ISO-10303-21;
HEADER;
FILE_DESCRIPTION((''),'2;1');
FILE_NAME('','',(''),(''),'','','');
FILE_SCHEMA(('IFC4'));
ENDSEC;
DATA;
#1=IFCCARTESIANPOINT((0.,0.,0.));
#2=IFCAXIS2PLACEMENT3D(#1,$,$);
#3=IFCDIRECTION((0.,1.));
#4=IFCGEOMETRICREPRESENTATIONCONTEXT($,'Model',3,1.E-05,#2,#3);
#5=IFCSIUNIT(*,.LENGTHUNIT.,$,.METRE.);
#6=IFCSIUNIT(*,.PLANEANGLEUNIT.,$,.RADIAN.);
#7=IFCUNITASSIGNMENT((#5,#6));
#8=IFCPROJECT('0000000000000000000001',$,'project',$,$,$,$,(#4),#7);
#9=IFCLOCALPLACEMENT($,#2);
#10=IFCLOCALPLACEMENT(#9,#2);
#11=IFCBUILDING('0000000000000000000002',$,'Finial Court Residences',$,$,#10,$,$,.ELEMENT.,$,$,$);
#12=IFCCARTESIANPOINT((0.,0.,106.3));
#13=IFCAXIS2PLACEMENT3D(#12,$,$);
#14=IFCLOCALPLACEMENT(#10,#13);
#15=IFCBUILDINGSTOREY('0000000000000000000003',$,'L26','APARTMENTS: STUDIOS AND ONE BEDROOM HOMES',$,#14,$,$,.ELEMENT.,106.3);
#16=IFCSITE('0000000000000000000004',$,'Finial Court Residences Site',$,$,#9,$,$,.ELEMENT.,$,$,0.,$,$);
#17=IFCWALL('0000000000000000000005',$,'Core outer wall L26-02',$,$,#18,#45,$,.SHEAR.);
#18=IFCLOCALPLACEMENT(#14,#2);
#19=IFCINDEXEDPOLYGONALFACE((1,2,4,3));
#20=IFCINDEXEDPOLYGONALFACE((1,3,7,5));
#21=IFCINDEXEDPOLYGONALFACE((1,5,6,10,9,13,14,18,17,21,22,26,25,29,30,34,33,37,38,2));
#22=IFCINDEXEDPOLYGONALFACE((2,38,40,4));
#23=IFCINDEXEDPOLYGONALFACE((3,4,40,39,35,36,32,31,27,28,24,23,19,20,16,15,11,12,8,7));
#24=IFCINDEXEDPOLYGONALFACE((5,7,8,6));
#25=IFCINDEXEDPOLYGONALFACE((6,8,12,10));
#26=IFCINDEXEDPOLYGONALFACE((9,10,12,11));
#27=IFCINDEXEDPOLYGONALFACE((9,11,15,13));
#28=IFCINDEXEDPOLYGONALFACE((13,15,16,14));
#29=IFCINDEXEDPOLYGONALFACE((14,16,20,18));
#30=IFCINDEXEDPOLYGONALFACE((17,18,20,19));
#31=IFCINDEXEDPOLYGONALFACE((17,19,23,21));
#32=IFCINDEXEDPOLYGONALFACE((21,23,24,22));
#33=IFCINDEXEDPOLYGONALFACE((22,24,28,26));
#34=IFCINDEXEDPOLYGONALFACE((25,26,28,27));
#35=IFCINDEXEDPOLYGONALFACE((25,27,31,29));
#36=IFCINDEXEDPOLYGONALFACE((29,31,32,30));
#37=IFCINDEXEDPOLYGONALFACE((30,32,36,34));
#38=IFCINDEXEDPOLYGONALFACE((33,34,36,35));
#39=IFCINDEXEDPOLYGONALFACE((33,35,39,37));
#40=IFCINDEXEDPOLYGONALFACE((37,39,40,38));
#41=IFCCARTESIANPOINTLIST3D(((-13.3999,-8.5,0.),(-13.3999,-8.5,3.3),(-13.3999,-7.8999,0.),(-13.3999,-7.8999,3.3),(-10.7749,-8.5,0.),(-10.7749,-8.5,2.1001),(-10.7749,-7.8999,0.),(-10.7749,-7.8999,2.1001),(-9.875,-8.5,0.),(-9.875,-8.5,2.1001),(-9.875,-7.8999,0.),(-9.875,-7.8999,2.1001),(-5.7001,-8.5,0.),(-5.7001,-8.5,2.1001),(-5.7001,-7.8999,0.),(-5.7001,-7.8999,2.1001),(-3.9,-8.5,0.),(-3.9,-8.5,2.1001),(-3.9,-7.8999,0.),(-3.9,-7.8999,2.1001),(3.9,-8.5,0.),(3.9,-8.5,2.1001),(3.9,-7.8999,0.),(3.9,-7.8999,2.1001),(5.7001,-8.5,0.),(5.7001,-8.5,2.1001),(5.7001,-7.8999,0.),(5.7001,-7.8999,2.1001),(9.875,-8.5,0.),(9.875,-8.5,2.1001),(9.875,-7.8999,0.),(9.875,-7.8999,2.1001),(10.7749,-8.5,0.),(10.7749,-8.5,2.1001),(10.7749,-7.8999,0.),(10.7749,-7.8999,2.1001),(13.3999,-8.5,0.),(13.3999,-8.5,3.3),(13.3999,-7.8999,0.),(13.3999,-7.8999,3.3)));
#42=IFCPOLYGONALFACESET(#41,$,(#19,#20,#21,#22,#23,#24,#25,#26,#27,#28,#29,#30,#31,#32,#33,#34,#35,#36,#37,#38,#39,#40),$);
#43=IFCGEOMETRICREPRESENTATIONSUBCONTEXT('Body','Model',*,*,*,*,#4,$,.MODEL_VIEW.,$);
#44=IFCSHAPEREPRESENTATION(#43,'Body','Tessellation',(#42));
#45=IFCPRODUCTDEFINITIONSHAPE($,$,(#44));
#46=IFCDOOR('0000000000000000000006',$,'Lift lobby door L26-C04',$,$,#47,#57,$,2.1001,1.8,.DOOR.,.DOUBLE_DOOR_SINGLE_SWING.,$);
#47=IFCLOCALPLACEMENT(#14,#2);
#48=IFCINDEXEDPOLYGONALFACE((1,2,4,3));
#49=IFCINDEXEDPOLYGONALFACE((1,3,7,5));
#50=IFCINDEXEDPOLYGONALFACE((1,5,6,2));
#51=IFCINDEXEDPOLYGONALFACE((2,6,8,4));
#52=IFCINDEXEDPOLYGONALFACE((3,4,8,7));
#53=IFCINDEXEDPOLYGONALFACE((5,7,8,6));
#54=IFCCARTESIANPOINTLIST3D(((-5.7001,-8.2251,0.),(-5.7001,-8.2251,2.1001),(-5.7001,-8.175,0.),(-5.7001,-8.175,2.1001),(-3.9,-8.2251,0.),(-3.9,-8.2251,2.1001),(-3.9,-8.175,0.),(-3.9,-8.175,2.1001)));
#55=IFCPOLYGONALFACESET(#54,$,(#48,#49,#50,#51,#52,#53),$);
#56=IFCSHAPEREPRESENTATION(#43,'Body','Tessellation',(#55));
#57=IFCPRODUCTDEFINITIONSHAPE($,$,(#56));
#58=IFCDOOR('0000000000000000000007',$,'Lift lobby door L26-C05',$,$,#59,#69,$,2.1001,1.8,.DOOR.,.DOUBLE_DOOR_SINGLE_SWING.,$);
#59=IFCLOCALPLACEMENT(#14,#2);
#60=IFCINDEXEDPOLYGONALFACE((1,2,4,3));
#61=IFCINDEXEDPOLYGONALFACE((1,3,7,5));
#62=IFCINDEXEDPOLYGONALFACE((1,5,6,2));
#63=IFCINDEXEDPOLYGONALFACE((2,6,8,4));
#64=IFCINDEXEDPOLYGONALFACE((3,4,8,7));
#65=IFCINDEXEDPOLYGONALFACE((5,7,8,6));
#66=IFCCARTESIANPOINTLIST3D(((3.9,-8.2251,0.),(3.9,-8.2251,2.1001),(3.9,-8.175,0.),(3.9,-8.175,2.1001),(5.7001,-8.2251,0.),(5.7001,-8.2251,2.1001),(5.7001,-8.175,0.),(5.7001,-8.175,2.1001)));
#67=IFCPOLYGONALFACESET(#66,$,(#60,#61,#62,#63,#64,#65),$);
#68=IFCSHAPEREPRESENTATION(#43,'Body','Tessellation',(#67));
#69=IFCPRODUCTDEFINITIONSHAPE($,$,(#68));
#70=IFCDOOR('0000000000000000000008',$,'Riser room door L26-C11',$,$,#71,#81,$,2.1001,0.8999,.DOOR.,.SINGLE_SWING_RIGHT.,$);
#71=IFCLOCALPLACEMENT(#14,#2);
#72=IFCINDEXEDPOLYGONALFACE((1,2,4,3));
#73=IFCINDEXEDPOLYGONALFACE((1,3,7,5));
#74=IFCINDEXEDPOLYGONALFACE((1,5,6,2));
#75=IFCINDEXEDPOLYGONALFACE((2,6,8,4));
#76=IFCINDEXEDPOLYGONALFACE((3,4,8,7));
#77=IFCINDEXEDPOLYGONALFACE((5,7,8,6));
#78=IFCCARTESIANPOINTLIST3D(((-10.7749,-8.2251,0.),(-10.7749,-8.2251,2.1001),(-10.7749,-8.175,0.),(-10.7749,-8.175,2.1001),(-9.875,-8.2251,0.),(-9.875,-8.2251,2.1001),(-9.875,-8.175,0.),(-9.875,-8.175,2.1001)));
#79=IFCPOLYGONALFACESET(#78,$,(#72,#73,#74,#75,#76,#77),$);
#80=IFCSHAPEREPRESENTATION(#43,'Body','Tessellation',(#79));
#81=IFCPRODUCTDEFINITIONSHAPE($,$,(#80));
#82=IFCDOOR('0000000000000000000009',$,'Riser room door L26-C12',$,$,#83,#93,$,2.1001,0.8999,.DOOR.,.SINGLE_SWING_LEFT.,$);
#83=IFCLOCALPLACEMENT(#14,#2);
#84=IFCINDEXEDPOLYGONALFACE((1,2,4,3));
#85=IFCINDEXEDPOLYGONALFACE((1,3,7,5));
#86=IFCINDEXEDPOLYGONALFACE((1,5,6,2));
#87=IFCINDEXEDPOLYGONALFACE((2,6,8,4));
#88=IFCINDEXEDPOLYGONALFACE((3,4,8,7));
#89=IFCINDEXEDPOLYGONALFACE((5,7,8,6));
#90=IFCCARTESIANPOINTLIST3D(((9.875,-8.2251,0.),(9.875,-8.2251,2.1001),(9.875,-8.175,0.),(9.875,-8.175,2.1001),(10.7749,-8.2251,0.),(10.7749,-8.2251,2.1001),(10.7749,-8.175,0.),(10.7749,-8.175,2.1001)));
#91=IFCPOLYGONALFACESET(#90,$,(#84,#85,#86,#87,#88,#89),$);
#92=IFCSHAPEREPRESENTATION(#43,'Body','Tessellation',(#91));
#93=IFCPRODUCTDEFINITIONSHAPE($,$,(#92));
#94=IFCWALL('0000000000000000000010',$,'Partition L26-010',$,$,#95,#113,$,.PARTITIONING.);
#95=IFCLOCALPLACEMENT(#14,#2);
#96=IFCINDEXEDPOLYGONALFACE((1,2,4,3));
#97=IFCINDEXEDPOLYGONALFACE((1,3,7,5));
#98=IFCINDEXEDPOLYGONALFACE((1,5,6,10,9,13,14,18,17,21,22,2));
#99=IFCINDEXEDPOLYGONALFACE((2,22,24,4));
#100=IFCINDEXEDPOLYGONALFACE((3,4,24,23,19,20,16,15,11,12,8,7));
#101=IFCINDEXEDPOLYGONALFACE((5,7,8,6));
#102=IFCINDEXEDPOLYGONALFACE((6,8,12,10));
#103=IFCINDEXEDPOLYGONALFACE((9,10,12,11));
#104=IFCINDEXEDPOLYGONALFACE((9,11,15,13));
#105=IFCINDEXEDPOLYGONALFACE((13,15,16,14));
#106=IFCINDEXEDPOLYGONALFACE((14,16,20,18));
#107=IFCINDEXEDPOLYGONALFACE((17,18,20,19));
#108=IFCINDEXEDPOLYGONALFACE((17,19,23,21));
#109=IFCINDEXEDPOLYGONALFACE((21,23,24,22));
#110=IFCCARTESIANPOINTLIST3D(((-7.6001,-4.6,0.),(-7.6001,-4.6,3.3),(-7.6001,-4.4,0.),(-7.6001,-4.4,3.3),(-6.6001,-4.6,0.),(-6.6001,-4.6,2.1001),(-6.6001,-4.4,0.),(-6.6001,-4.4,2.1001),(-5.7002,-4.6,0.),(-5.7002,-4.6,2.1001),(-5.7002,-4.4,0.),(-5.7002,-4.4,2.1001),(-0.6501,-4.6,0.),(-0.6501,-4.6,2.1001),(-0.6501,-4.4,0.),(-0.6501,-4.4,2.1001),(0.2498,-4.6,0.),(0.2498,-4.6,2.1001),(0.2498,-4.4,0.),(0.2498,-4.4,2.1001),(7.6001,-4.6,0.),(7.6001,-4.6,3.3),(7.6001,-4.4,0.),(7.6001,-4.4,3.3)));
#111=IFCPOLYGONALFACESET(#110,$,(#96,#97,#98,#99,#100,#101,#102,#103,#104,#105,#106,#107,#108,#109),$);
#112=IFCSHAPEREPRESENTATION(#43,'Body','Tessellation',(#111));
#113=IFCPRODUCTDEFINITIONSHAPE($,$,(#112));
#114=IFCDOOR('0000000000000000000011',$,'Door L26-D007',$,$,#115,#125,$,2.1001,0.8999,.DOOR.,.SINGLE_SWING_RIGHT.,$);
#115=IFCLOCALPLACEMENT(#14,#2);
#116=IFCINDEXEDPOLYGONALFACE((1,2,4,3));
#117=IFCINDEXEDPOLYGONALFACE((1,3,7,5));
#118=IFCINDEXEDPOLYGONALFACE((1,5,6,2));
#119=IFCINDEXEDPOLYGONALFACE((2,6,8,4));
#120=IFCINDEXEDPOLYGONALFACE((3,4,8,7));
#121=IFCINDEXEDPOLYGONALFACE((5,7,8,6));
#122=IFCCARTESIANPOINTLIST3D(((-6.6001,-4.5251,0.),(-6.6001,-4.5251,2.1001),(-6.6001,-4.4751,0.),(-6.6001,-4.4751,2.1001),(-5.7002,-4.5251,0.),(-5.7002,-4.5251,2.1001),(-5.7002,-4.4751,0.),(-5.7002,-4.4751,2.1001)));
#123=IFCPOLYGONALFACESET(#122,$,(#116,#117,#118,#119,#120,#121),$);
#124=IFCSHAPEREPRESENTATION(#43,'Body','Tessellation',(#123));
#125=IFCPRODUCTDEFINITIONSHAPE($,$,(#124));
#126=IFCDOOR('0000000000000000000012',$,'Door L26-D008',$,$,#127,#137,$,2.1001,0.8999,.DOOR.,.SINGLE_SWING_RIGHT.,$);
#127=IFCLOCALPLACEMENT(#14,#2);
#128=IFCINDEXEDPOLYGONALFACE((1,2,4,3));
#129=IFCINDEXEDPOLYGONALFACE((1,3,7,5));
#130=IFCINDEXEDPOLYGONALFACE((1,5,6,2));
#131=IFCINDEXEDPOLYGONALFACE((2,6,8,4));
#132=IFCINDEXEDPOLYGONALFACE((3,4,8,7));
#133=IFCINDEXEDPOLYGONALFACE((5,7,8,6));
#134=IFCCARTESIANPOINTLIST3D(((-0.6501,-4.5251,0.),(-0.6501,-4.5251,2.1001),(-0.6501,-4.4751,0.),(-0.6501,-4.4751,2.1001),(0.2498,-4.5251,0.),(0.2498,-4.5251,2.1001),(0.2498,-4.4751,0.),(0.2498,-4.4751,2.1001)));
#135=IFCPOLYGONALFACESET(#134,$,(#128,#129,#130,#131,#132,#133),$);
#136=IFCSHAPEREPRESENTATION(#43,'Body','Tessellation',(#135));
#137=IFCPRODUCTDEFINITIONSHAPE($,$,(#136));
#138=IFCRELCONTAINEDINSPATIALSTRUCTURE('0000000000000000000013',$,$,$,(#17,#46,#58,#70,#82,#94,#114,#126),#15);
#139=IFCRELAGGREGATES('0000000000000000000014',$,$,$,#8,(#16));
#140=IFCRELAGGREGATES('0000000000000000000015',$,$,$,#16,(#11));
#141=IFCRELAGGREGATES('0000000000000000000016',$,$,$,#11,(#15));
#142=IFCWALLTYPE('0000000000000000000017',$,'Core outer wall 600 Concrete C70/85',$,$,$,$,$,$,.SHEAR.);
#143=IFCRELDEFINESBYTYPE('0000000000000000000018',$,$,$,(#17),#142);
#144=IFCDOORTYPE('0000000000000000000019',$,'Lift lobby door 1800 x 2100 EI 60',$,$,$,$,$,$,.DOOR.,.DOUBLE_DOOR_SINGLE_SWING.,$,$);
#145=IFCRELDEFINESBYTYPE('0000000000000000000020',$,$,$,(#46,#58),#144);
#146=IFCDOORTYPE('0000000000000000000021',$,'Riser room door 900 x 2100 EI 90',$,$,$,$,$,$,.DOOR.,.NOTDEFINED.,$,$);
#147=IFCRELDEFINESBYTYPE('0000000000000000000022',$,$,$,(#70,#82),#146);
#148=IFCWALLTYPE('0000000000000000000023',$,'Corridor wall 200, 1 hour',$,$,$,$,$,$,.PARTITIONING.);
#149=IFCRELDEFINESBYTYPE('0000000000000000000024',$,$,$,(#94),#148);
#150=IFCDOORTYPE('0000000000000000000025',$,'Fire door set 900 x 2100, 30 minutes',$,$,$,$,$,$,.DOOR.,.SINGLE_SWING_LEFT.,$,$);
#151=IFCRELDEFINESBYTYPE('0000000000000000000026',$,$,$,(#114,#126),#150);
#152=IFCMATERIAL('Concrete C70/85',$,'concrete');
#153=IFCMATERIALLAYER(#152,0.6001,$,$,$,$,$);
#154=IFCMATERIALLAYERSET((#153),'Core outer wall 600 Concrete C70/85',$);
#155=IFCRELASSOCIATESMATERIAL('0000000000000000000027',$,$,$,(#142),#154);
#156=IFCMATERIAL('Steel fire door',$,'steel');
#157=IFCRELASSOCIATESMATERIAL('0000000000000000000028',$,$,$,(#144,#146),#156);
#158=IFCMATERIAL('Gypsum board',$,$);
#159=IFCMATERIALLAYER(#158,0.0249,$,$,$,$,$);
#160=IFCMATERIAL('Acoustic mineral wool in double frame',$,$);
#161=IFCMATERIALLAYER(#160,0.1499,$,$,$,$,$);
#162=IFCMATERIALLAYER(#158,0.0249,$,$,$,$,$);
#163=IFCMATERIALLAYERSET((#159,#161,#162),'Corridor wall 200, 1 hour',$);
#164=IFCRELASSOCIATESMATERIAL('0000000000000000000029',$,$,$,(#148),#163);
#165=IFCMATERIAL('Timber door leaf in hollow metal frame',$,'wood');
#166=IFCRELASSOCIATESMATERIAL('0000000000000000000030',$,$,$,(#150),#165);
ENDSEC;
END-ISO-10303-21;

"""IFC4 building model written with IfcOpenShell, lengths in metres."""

from ifc_helpers import new_model, si_unit, direction, frame, frame_2d, origin, place, context, subcontext, project, spatial, rectangle, extrude, material, layer, layer_set, type_object, element, fill, save


model = new_model("IFC4")

# Units and contexts
model_context = context("Model", 3, precision=1e-05, world=origin(), true_north=direction((0.0, 1.0)))
body_context = subcontext(model_context, "Body", "Model", "MODEL_VIEW")
ifc_project = project(units=[si_unit("LENGTHUNIT", "METRE"), si_unit("PLANEANGLEUNIT", "RADIAN")], contexts=[model_context])

# Site, building, storey
site_placement = place(None, origin())
site = spatial("IfcSite", under=ifc_project, at=site_placement, Name="Finial Court Residences Site", CompositionType="ELEMENT", RefElevation=0.0)
building_placement = place(site_placement, origin())
building = spatial("IfcBuilding", under=site, at=building_placement, Name="Finial Court Residences", CompositionType="ELEMENT")
storey_placement = place(building_placement, frame((0.0, 0.0, 106.3)))
storey = spatial("IfcBuildingStorey", under=building, at=storey_placement, Name="L26", Description="APARTMENTS: STUDIOS AND ONE BEDROOM HOMES", CompositionType="ELEMENT", Elevation=106.3)

# Shared definitions
ifc_material_1 = material(Name="Concrete C70/85", Category="concrete")

# Walls, openings, doors
ifc_layer_1 = layer(ifc_material_1, 0.6001)
ifc_layer_set_1 = layer_set([ifc_layer_1], Name="Core outer wall 600 Concrete C70/85")
wall_type_1 = type_object("IfcWallType", Name="Core outer wall 600 Concrete C70/85", PredefinedType="SHEAR", material=ifc_layer_set_1)
wall_1_placement = place(storey_placement, frame((-13.3999, -8.2, 0.0), z_axis=(0.0, 0.0, 1.0), x_axis=(1.0, 0.0, 0.0)))
wall_1 = element("IfcWall", 1, at=wall_1_placement, inside=storey, type_object=wall_type_1, Name="Core outer wall L26-02", PredefinedType="SHEAR", context=body_context, shape_type="SweptSolid", body=[
    extrude(rectangle(XDim=26.7998, YDim=0.6001, at=frame_2d((13.3999, 0.0))), origin(), (0.0, 0.0, 1.0), 3.3),
])
opening_1_placement = place(wall_1_placement, frame((7.7, 0.0, 0.0)))
opening_1 = element("IfcOpeningElement", 2, at=opening_1_placement, cuts=wall_1, PredefinedType="OPENING", context=body_context, shape_type="SweptSolid", body=[
    extrude(rectangle(XDim=1.8, YDim=2.1001, at=frame_2d((0.8999, 1.05))), frame((0.0, 0.3101, 0.0), z_axis=(0.0, -1.0, 0.0), x_axis=(1.0, 0.0, 0.0)), (0.0, 0.0, 1.0), 0.6201),
])
opening_2_placement = place(wall_1_placement, frame((17.3, 0.0, 0.0)))
opening_2 = element("IfcOpeningElement", 3, at=opening_2_placement, cuts=wall_1, PredefinedType="OPENING", context=body_context, shape_type="SweptSolid", body=[
    extrude(rectangle(XDim=1.8, YDim=2.1001, at=frame_2d((0.8999, 1.05))), frame((0.0, 0.3101, 0.0), z_axis=(0.0, -1.0, 0.0), x_axis=(1.0, 0.0, 0.0)), (0.0, 0.0, 1.0), 0.6201),
])
opening_3_placement = place(wall_1_placement, frame((2.625, 0.0, 0.0)))
opening_3 = element("IfcOpeningElement", 4, at=opening_3_placement, cuts=wall_1, PredefinedType="OPENING", context=body_context, shape_type="SweptSolid", body=[
    extrude(rectangle(XDim=0.8999, YDim=2.1001, at=frame_2d((0.45, 1.05))), frame((0.0, 0.3101, 0.0), z_axis=(0.0, -1.0, 0.0), x_axis=(1.0, 0.0, 0.0)), (0.0, 0.0, 1.0), 0.6201),
])
opening_4_placement = place(wall_1_placement, frame((23.2749, 0.0, 0.0)))
opening_4 = element("IfcOpeningElement", 5, at=opening_4_placement, cuts=wall_1, PredefinedType="OPENING", context=body_context, shape_type="SweptSolid", body=[
    extrude(rectangle(XDim=0.8999, YDim=2.1001, at=frame_2d((0.45, 1.05))), frame((0.0, 0.3101, 0.0), z_axis=(0.0, -1.0, 0.0), x_axis=(1.0, 0.0, 0.0)), (0.0, 0.0, 1.0), 0.6201),
])
ifc_material_2 = material(Name="Steel fire door", Category="steel")
door_type_1 = type_object("IfcDoorType", Name="Lift lobby door 1800 x 2100 EI 60", OperationType="DOUBLE_DOOR_SINGLE_SWING", PredefinedType="DOOR", material=ifc_material_2)
door_1_placement = place(opening_1_placement, origin())
door_1 = element("IfcDoor", 6, at=door_1_placement, inside=storey, type_object=door_type_1, Name="Lift lobby door L26-C04", OperationType="DOUBLE_DOOR_SINGLE_SWING", OverallHeight=2.1001, OverallWidth=1.8, PredefinedType="DOOR", context=body_context, shape_type="SweptSolid", body=[
    extrude(rectangle(XDim=1.8, YDim=2.1001, at=frame_2d((0.8999, 1.05))), frame((0.0, 0.0249, 0.0), z_axis=(0.0, -1.0, 0.0), x_axis=(1.0, 0.0, 0.0)), (0.0, 0.0, 1.0), 0.05),
])
fill(opening_1, door_1)
door_2_placement = place(opening_2_placement, origin())
door_2 = element("IfcDoor", 7, at=door_2_placement, inside=storey, type_object=door_type_1, Name="Lift lobby door L26-C05", OperationType="DOUBLE_DOOR_SINGLE_SWING", OverallHeight=2.1001, OverallWidth=1.8, PredefinedType="DOOR", context=body_context, shape_type="SweptSolid", body=[
    extrude(rectangle(XDim=1.8, YDim=2.1001, at=frame_2d((0.8999, 1.05))), frame((0.0, 0.0249, 0.0), z_axis=(0.0, -1.0, 0.0), x_axis=(1.0, 0.0, 0.0)), (0.0, 0.0, 1.0), 0.05),
])
fill(opening_2, door_2)
door_type_2 = type_object("IfcDoorType", Name="Riser room door 900 x 2100 EI 90", OperationType="NOTDEFINED", PredefinedType="DOOR", material=ifc_material_2)
door_3_placement = place(opening_3_placement, origin())
door_3 = element("IfcDoor", 8, at=door_3_placement, inside=storey, type_object=door_type_2, Name="Riser room door L26-C11", OperationType="SINGLE_SWING_RIGHT", OverallHeight=2.1001, OverallWidth=0.8999, PredefinedType="DOOR", context=body_context, shape_type="SweptSolid", body=[
    extrude(rectangle(XDim=0.8999, YDim=2.1001, at=frame_2d((0.45, 1.05))), frame((0.0, 0.0249, 0.0), z_axis=(0.0, -1.0, 0.0), x_axis=(1.0, 0.0, 0.0)), (0.0, 0.0, 1.0), 0.05),
])
fill(opening_3, door_3)
door_4_placement = place(opening_4_placement, origin())
door_4 = element("IfcDoor", 9, at=door_4_placement, inside=storey, type_object=door_type_2, Name="Riser room door L26-C12", OperationType="SINGLE_SWING_LEFT", OverallHeight=2.1001, OverallWidth=0.8999, PredefinedType="DOOR", context=body_context, shape_type="SweptSolid", body=[
    extrude(rectangle(XDim=0.8999, YDim=2.1001, at=frame_2d((0.45, 1.05))), frame((0.0, 0.0249, 0.0), z_axis=(0.0, -1.0, 0.0), x_axis=(1.0, 0.0, 0.0)), (0.0, 0.0, 1.0), 0.05),
])
fill(opening_4, door_4)
ifc_material_3 = material(Name="Gypsum board")
ifc_layer_2 = layer(ifc_material_3, 0.0249)
ifc_material_4 = material(Name="Acoustic mineral wool in double frame")
ifc_layer_3 = layer(ifc_material_4, 0.1499)
ifc_layer_4 = layer(ifc_material_3, 0.0249)
ifc_layer_set_2 = layer_set([ifc_layer_2, ifc_layer_3, ifc_layer_4], Name="Corridor wall 200, 1 hour")
wall_type_2 = type_object("IfcWallType", Name="Corridor wall 200, 1 hour", PredefinedType="PARTITIONING", material=ifc_layer_set_2)
wall_2_placement = place(storey_placement, frame((-7.6001, -4.5, 0.0), z_axis=(0.0, 0.0, 1.0), x_axis=(1.0, 0.0, 0.0)))
wall_2 = element("IfcWall", 10, at=wall_2_placement, inside=storey, type_object=wall_type_2, Name="Partition L26-010", PredefinedType="PARTITIONING", context=body_context, shape_type="SweptSolid", body=[
    extrude(rectangle(XDim=15.2002, YDim=0.2, at=frame_2d((7.6001, 0.0))), origin(), (0.0, 0.0, 1.0), 3.3),
])
opening_5_placement = place(wall_2_placement, frame((1.0, 0.0, 0.0)))
opening_5 = element("IfcOpeningElement", 11, at=opening_5_placement, cuts=wall_2, PredefinedType="OPENING", context=body_context, shape_type="SweptSolid", body=[
    extrude(rectangle(XDim=0.8999, YDim=2.1001, at=frame_2d((0.45, 1.05))), frame((0.0, 0.1099, 0.0), z_axis=(0.0, -1.0, 0.0), x_axis=(1.0, 0.0, 0.0)), (0.0, 0.0, 1.0), 0.22),
])
opening_6_placement = place(wall_2_placement, frame((6.95, 0.0, 0.0)))
opening_6 = element("IfcOpeningElement", 12, at=opening_6_placement, cuts=wall_2, PredefinedType="OPENING", context=body_context, shape_type="SweptSolid", body=[
    extrude(rectangle(XDim=0.8999, YDim=2.1001, at=frame_2d((0.45, 1.05))), frame((0.0, 0.1099, 0.0), z_axis=(0.0, -1.0, 0.0), x_axis=(1.0, 0.0, 0.0)), (0.0, 0.0, 1.0), 0.22),
])
ifc_material_5 = material(Name="Timber door leaf in hollow metal frame", Category="wood")
door_type_3 = type_object("IfcDoorType", Name="Fire door set 900 x 2100, 30 minutes", OperationType="SINGLE_SWING_LEFT", PredefinedType="DOOR", material=ifc_material_5)
door_5_placement = place(opening_5_placement, origin())
door_5 = element("IfcDoor", 13, at=door_5_placement, inside=storey, type_object=door_type_3, Name="Door L26-D007", OperationType="SINGLE_SWING_RIGHT", OverallHeight=2.1001, OverallWidth=0.8999, PredefinedType="DOOR", context=body_context, shape_type="SweptSolid", body=[
    extrude(rectangle(XDim=0.8999, YDim=2.1001, at=frame_2d((0.45, 1.05))), frame((0.0, 0.0249, 0.0), z_axis=(0.0, -1.0, 0.0), x_axis=(1.0, 0.0, 0.0)), (0.0, 0.0, 1.0), 0.05),
])
fill(opening_5, door_5)
door_6_placement = place(opening_6_placement, origin())
door_6 = element("IfcDoor", 14, at=door_6_placement, inside=storey, type_object=door_type_3, Name="Door L26-D008", OperationType="SINGLE_SWING_RIGHT", OverallHeight=2.1001, OverallWidth=0.8999, PredefinedType="DOOR", context=body_context, shape_type="SweptSolid", body=[
    extrude(rectangle(XDim=0.8999, YDim=2.1001, at=frame_2d((0.45, 1.05))), frame((0.0, 0.0249, 0.0), z_axis=(0.0, -1.0, 0.0), x_axis=(1.0, 0.0, 0.0)), (0.0, 0.0, 1.0), 0.05),
])
fill(opening_6, door_6)

save(model, "model.ifc")
